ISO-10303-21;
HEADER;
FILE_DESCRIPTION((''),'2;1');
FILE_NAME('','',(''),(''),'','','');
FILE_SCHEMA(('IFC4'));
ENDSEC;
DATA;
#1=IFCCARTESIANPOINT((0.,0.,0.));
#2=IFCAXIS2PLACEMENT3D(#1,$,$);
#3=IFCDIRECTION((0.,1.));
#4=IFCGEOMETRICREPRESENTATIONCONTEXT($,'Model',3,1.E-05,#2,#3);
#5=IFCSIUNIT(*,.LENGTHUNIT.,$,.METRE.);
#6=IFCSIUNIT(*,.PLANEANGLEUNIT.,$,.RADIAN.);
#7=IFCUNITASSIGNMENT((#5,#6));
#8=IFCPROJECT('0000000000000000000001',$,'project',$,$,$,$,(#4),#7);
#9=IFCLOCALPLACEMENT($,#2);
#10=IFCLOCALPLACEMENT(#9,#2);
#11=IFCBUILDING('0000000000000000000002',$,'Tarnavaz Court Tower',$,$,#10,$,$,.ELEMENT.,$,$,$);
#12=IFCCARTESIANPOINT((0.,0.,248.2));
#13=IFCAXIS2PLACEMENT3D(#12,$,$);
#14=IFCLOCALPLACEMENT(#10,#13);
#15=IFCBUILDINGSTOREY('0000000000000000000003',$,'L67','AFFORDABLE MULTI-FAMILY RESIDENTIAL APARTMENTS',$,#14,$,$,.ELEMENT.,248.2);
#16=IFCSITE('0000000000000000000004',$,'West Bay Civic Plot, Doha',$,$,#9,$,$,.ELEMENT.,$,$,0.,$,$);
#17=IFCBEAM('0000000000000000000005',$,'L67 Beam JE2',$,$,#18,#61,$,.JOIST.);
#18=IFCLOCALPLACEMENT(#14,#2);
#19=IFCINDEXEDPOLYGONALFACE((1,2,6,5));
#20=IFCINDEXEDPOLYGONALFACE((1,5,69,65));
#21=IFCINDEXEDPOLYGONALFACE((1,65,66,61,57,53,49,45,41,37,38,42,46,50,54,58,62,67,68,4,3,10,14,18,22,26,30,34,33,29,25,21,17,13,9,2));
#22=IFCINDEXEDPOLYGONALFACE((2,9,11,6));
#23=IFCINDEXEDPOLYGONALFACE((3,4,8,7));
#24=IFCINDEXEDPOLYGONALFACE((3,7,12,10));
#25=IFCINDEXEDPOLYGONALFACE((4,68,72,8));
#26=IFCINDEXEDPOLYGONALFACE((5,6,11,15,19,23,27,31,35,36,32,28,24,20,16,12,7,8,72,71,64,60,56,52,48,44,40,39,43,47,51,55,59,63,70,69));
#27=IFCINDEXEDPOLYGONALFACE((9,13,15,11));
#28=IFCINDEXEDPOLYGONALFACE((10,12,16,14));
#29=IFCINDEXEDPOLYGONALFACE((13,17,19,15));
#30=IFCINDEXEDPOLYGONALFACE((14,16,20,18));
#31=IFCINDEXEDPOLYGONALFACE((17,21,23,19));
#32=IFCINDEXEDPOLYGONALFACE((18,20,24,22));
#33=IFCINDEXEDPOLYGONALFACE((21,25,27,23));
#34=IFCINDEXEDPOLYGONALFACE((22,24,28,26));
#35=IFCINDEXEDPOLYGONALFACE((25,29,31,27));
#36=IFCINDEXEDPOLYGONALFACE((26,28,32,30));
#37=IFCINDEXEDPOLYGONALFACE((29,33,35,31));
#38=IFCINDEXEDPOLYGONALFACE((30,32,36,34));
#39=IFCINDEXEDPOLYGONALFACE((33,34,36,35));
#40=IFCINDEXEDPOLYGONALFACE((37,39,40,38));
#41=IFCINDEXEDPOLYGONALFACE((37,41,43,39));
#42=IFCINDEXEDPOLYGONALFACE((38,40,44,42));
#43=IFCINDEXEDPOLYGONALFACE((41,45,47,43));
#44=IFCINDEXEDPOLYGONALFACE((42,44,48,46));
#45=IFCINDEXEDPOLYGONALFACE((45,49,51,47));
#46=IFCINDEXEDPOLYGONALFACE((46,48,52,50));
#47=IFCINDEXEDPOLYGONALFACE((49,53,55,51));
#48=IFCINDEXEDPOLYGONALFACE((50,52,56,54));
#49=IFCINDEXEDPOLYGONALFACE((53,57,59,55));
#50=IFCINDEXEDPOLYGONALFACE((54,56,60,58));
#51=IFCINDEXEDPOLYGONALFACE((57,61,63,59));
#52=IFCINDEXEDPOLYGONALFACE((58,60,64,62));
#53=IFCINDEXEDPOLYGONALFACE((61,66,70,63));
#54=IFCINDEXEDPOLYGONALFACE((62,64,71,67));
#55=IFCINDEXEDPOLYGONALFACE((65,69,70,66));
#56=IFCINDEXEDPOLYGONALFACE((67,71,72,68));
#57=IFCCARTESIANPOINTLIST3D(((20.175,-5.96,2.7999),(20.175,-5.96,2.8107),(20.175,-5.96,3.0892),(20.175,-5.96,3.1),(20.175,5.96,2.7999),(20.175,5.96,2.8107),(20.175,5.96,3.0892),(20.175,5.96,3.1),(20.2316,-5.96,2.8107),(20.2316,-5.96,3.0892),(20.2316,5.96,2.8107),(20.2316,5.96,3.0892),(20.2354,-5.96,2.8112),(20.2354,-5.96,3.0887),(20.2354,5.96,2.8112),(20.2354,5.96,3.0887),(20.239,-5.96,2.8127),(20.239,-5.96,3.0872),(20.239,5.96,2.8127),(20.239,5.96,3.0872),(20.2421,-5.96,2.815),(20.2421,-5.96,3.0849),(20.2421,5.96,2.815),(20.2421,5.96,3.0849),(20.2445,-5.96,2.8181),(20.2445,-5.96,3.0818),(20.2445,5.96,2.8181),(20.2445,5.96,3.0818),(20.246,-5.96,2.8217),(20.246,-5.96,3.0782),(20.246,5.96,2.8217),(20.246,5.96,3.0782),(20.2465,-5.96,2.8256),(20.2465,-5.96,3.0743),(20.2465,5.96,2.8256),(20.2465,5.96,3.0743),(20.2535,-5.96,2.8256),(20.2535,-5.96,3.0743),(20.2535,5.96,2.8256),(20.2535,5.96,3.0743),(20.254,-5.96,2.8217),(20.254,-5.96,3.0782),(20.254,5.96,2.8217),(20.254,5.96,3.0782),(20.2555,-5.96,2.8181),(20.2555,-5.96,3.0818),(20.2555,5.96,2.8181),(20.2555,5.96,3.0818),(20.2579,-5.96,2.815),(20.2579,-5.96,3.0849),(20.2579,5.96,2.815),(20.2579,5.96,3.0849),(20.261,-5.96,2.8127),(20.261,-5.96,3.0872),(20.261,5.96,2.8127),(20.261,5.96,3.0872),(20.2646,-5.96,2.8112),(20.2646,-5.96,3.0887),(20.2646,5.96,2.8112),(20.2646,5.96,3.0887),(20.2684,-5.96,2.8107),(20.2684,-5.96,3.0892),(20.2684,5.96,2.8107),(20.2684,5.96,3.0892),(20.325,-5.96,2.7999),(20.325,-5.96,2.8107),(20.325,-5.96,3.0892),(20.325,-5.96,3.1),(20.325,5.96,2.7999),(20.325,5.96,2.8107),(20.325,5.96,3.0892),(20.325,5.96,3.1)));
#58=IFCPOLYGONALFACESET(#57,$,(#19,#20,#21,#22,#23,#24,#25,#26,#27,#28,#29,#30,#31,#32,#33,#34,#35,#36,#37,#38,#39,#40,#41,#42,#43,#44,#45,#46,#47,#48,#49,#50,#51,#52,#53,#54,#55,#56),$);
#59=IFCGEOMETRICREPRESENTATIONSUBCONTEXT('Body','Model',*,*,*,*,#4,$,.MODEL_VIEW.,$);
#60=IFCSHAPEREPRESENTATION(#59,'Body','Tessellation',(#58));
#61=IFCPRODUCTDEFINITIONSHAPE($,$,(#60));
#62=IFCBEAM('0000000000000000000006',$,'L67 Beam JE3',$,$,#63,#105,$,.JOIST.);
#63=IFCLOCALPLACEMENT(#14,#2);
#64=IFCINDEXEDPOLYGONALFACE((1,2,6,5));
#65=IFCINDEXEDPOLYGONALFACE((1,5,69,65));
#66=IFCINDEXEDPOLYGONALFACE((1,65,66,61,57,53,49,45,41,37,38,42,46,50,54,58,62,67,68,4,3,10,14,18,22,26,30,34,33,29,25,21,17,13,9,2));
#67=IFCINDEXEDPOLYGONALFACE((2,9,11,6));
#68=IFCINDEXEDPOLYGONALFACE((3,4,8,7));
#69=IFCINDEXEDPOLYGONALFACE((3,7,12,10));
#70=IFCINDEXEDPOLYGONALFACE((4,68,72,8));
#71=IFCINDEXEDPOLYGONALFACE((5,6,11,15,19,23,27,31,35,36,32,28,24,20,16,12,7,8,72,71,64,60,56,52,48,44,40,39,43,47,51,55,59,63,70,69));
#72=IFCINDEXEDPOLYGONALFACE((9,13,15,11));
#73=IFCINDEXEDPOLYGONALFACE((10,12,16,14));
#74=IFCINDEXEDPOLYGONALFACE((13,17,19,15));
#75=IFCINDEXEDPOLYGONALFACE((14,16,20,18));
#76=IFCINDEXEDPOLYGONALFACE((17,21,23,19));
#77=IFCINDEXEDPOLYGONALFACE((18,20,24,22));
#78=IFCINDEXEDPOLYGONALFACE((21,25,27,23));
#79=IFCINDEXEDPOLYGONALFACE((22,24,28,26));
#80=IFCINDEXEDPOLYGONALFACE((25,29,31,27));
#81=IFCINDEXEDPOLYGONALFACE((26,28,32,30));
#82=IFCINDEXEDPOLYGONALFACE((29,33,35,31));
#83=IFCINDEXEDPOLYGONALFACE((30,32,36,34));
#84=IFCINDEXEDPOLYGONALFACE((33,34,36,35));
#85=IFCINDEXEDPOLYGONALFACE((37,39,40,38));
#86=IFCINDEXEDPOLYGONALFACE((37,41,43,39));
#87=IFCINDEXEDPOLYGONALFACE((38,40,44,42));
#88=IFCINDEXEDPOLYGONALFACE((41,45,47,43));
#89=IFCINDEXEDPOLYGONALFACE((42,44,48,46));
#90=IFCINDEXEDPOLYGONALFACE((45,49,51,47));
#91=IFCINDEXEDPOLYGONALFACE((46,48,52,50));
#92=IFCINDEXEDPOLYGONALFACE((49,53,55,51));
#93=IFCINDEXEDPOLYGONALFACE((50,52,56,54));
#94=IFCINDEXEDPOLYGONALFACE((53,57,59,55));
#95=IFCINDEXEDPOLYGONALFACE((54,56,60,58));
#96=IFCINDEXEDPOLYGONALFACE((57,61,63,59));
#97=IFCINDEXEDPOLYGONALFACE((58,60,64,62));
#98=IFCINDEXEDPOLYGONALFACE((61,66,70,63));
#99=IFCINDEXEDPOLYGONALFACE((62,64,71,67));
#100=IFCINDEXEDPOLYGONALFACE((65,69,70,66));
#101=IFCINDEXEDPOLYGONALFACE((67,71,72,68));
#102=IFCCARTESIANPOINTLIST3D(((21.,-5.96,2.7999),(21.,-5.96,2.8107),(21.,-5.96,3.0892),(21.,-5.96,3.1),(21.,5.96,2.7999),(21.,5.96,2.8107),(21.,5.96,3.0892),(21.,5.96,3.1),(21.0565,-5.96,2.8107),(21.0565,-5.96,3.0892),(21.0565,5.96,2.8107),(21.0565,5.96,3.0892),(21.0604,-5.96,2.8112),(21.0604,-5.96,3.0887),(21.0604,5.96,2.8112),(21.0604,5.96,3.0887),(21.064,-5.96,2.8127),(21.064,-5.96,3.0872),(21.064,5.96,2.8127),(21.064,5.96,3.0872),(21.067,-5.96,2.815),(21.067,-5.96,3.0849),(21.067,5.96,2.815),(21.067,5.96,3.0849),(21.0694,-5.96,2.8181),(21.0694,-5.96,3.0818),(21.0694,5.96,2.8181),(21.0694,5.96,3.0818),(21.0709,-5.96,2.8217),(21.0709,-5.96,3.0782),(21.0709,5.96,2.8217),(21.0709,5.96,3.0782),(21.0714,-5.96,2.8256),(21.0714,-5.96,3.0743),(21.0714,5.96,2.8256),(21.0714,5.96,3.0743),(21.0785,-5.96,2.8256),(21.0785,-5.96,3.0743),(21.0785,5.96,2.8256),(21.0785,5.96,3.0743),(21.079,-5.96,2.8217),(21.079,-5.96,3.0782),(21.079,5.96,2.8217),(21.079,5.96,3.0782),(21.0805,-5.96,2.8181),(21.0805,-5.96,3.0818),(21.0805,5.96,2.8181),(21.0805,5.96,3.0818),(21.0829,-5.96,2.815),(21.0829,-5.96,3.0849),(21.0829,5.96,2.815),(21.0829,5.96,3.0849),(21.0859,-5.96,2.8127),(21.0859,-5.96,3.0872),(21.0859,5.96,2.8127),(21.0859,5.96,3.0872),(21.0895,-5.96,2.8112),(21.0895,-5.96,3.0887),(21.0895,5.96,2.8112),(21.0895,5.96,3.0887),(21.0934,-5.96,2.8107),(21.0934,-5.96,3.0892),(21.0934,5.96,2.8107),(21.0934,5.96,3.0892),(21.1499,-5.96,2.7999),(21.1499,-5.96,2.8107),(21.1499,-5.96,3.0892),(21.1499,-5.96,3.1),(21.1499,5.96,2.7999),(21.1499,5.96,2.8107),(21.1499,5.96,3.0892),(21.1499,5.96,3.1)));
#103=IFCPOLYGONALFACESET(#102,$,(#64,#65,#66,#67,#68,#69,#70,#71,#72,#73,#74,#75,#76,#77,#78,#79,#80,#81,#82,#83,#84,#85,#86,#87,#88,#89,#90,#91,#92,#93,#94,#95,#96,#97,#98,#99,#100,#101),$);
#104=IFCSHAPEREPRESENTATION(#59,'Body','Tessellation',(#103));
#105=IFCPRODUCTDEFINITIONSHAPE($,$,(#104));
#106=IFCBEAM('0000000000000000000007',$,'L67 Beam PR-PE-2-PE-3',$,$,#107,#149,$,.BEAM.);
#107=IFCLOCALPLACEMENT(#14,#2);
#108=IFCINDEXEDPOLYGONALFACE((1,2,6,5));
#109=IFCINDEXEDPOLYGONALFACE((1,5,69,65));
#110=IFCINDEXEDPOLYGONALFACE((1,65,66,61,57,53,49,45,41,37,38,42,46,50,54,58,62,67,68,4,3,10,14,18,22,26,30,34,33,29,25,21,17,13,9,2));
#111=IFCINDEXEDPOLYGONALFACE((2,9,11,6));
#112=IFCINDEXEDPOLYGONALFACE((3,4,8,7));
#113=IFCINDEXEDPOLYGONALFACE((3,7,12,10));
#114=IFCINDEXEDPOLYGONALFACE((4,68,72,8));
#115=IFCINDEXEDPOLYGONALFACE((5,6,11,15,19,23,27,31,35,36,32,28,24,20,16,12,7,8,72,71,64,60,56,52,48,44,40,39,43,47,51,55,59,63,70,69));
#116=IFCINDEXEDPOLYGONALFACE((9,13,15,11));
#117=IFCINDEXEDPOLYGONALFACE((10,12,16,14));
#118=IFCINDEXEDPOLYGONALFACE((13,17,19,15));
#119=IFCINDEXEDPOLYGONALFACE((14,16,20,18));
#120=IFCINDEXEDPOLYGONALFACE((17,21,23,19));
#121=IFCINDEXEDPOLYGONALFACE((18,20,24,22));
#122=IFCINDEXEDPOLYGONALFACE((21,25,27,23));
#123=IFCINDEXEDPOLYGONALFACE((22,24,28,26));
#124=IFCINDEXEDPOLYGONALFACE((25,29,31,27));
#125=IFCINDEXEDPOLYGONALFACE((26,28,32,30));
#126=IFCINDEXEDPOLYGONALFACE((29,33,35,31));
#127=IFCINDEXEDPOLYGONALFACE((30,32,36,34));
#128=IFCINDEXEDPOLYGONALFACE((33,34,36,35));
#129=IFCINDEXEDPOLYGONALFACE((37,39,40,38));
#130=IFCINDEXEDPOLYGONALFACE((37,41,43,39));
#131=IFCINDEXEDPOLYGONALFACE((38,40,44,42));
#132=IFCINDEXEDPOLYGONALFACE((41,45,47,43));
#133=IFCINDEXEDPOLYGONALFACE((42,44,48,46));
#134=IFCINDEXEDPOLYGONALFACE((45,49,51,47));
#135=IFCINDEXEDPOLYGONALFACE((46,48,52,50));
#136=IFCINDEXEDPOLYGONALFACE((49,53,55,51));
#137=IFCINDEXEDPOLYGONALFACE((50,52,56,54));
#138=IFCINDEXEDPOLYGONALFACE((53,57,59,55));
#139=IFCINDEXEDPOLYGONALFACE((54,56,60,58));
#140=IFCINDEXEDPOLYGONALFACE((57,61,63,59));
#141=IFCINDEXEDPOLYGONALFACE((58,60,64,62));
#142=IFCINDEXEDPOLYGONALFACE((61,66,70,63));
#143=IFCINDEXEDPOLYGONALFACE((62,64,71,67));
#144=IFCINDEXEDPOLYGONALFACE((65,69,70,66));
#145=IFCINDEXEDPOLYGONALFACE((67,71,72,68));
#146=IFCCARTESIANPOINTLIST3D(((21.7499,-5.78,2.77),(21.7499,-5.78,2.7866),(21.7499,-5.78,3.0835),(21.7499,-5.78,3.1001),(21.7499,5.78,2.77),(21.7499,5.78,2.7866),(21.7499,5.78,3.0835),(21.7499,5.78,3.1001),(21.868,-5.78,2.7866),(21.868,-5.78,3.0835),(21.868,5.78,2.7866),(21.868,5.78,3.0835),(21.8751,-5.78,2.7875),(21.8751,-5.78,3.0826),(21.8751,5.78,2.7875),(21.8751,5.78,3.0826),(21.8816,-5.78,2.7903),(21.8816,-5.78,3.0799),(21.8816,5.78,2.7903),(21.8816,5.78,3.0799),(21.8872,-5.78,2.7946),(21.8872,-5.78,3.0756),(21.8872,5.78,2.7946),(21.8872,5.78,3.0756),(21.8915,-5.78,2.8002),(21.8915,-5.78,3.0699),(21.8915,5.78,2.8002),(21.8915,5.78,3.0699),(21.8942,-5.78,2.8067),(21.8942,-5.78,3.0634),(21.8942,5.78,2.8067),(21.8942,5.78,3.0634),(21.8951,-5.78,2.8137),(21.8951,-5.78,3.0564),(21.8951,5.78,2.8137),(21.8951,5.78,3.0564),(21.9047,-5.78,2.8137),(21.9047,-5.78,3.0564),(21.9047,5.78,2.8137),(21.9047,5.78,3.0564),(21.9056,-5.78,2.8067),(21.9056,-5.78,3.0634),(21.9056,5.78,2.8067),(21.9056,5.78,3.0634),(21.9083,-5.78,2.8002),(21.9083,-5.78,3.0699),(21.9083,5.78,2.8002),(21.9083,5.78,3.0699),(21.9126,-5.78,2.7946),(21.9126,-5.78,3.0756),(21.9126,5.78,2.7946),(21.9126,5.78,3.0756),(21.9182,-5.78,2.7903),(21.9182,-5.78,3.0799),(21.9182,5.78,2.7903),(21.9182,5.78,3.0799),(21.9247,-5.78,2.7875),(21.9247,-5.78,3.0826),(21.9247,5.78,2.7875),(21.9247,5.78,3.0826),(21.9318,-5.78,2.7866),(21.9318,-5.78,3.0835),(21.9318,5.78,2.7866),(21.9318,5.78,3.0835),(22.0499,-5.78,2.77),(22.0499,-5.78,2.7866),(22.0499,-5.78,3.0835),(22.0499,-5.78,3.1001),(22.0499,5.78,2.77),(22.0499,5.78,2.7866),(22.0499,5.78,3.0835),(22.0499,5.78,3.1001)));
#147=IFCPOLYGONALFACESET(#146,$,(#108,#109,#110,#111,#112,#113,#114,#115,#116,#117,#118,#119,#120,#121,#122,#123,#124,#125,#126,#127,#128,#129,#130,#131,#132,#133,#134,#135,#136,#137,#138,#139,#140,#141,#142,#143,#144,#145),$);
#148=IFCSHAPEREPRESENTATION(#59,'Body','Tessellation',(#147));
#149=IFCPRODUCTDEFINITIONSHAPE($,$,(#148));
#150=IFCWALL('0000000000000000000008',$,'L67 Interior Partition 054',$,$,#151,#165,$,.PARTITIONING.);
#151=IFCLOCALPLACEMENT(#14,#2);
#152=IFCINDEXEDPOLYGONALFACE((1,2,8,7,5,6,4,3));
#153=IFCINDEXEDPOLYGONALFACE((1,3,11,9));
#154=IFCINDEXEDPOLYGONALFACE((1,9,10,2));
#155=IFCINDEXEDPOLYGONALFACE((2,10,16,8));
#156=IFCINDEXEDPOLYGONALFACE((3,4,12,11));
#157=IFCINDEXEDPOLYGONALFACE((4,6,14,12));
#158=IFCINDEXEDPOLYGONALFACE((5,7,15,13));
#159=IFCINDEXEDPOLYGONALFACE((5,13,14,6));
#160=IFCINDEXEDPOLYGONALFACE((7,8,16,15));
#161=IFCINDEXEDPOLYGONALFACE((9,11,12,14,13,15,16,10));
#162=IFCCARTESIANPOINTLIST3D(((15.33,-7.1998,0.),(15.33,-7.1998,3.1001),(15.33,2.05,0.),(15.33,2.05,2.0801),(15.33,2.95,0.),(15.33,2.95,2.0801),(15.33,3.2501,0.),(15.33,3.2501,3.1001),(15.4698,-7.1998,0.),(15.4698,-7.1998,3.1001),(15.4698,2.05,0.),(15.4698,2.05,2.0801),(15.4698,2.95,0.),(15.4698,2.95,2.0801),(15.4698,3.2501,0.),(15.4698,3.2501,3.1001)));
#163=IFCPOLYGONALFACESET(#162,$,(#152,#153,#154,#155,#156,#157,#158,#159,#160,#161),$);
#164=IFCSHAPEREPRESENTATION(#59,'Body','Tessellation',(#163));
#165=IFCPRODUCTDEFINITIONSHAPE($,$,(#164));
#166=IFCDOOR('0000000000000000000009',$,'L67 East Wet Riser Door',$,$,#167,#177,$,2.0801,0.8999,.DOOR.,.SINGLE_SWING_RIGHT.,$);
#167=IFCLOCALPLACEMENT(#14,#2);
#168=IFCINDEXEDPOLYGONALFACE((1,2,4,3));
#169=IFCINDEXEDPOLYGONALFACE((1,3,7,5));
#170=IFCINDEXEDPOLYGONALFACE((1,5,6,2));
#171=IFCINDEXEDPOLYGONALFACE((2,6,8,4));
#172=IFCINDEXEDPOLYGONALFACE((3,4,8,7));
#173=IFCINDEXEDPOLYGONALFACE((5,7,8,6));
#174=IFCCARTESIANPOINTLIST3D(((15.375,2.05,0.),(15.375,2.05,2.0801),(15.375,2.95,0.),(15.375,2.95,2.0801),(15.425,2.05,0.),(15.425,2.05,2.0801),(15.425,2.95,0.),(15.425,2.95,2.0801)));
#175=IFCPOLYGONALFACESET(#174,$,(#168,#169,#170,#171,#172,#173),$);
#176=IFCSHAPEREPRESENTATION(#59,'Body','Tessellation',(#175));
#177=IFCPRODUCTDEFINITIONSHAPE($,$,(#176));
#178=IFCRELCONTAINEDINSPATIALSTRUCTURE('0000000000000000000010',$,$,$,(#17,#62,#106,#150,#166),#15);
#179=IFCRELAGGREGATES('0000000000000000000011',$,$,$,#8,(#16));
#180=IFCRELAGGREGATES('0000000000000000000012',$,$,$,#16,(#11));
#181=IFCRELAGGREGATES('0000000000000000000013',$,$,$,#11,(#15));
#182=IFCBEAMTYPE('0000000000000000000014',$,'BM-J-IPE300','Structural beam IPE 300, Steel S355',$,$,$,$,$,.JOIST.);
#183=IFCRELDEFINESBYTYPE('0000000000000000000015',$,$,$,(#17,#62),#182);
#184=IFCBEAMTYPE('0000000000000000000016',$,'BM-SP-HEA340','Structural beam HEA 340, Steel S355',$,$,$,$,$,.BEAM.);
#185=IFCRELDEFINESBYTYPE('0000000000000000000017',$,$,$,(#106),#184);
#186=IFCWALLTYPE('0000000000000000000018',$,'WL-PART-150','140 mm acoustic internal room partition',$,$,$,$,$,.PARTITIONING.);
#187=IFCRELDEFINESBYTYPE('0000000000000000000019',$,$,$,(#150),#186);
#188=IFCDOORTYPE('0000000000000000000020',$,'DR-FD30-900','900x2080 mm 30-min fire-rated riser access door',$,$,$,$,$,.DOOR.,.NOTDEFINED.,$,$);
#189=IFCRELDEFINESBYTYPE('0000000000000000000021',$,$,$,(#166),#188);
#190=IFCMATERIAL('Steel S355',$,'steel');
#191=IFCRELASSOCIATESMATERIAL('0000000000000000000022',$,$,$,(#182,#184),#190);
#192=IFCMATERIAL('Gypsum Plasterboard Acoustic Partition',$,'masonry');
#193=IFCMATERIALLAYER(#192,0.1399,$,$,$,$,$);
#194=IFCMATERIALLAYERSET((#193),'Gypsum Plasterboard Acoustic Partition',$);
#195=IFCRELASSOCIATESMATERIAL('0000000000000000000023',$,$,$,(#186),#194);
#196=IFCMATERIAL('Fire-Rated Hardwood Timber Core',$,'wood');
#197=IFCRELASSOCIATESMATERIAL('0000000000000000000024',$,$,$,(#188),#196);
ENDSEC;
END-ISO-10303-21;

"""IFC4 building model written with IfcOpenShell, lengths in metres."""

from ifc_helpers import new_model, si_unit, direction, frame, frame_2d, origin, origin_2d, place, context, subcontext, project, spatial, rectangle, i_section, extrude, material, layer, layer_set, material_profile, profile_set, type_object, element, fill, save


model = new_model("IFC4")

# Units and contexts
model_context = context("Model", 3, precision=1e-05, world=origin(), true_north=direction((0.0, 1.0)))
body_context = subcontext(model_context, "Body", "Model", "MODEL_VIEW")
ifc_project = project(units=[si_unit("LENGTHUNIT", "METRE"), si_unit("PLANEANGLEUNIT", "RADIAN")], contexts=[model_context])

# Site, building, storey
site_placement = place(None, origin())
site = spatial("IfcSite", under=ifc_project, at=site_placement, Name="West Bay Civic Plot, Doha", CompositionType="ELEMENT", RefElevation=0.0)
building_placement = place(site_placement, origin())
building = spatial("IfcBuilding", under=site, at=building_placement, Name="Tarnavaz Court Tower", CompositionType="ELEMENT")
storey_placement = place(building_placement, frame((0.0, 0.0, 248.2)))
storey = spatial("IfcBuildingStorey", under=building, at=storey_placement, Name="L67", Description="AFFORDABLE MULTI-FAMILY RESIDENTIAL APARTMENTS", CompositionType="ELEMENT", Elevation=248.2)

# Beams
ifc_material_1 = material(Name="Steel S355", Category="steel")
ifc_material_profile_1 = material_profile(ifc_material_1, i_section(OverallWidth=0.1499, OverallDepth=0.3, WebThickness=0.0071, FlangeThickness=0.0107, FilletRadius=0.0149, at=origin_2d()), Name="IPE 300")
ifc_profile_set_1 = profile_set([ifc_material_profile_1], Name="Steel S355")
beam_type_1 = type_object("IfcBeamType", Name="BM-J-IPE300", Description="Structural beam IPE 300, Steel S355", PredefinedType="JOIST", material=ifc_profile_set_1)
for number, where, z_axis, x_axis, name in (
    (1, (20.25, -5.96, 2.95), (0.0, 1.0, 0.0), (-1.0, 0.0, 0.0), "L67 Beam JE2"),
    (2, (21.075, -5.96, 2.95), (0.0, 1.0, 0.0), (-1.0, 0.0, 0.0), "L67 Beam JE3"),
):
    element("IfcBeam", number, at=place(storey_placement, frame(where, z_axis=z_axis, x_axis=x_axis)), inside=storey, type_object=beam_type_1, Name=name, PredefinedType="JOIST", context=body_context, shape_type="SweptSolid", body=[
        extrude(i_section(OverallWidth=0.1499, OverallDepth=0.3, WebThickness=0.0071, FlangeThickness=0.0107, FilletRadius=0.0149, at=origin_2d()), origin(), (0.0, 0.0, 1.0), 11.9199),
    ])
ifc_material_profile_2 = material_profile(ifc_material_1, i_section(OverallWidth=0.3, OverallDepth=0.3301, WebThickness=0.0095, FlangeThickness=0.0166, FilletRadius=0.0271, at=origin_2d()), Name="HEA 340")
ifc_profile_set_2 = profile_set([ifc_material_profile_2], Name="Steel S355")
beam_type_2 = type_object("IfcBeamType", Name="BM-SP-HEA340", Description="Structural beam HEA 340, Steel S355", PredefinedType="BEAM", material=ifc_profile_set_2)
beam_1_placement = place(storey_placement, frame((21.8999, -5.78, 2.9351), z_axis=(0.0, 1.0, 0.0), x_axis=(-1.0, 0.0, 0.0)))
element("IfcBeam", 3, at=beam_1_placement, inside=storey, type_object=beam_type_2, Name="L67 Beam PR-PE-2-PE-3", PredefinedType="BEAM", context=body_context, shape_type="SweptSolid", body=[
    extrude(i_section(OverallWidth=0.3, OverallDepth=0.3301, WebThickness=0.0095, FlangeThickness=0.0166, FilletRadius=0.0271, at=origin_2d()), origin(), (0.0, 0.0, 1.0), 11.5601),
])

# Wall, opening, door
ifc_material_2 = material(Name="Gypsum Plasterboard Acoustic Partition", Category="masonry")
ifc_layer_1 = layer(ifc_material_2, 0.1399)
ifc_layer_set_1 = layer_set([ifc_layer_1], Name="Gypsum Plasterboard Acoustic Partition")
wall_type_1 = type_object("IfcWallType", Name="WL-PART-150", Description="140 mm acoustic internal room partition", PredefinedType="PARTITIONING", material=ifc_layer_set_1)
wall_1_placement = place(storey_placement, frame((15.3999, -7.2, 0.0), z_axis=(0.0, 0.0, 1.0), x_axis=(0.0, 1.0, 0.0)))
wall_1 = element("IfcWall", 4, at=wall_1_placement, inside=storey, type_object=wall_type_1, Name="L67 Interior Partition 054", PredefinedType="PARTITIONING", context=body_context, shape_type="SweptSolid", body=[
    extrude(rectangle(XDim=10.45, YDim=0.1399, at=frame_2d((5.2251, 0.0))), origin(), (0.0, 0.0, 1.0), 3.1001),
])
opening_1_placement = place(wall_1_placement, frame((9.25, 0.0, 0.0)))
opening_1 = element("IfcOpeningElement", 5, at=opening_1_placement, cuts=wall_1, PredefinedType="OPENING", context=body_context, shape_type="SweptSolid", body=[
    extrude(rectangle(XDim=0.8999, YDim=2.0801, at=frame_2d((0.45, 1.04))), frame((0.0, 0.0798, 0.0), z_axis=(0.0, -1.0, 0.0), x_axis=(1.0, 0.0, 0.0)), (0.0, 0.0, 1.0), 0.1599),
])
ifc_material_3 = material(Name="Fire-Rated Hardwood Timber Core", Category="wood")
door_type = type_object("IfcDoorType", Name="DR-FD30-900", Description="900x2080 mm 30-min fire-rated riser access door", OperationType="NOTDEFINED", PredefinedType="DOOR", material=ifc_material_3)
door_1_placement = place(opening_1_placement, origin())
door_1 = element("IfcDoor", 6, at=door_1_placement, inside=storey, type_object=door_type, Name="L67 East Wet Riser Door", OperationType="SINGLE_SWING_RIGHT", OverallHeight=2.0801, OverallWidth=0.8999, PredefinedType="DOOR", context=body_context, shape_type="SweptSolid", body=[
    extrude(rectangle(XDim=0.8999, YDim=2.0801, at=frame_2d((0.45, 1.04))), frame((0.0, 0.0249, 0.0), z_axis=(0.0, -1.0, 0.0), x_axis=(1.0, 0.0, 0.0)), (0.0, 0.0, 1.0), 0.05),
])
fill(opening_1, door_1)

save(model, "model.ifc")
